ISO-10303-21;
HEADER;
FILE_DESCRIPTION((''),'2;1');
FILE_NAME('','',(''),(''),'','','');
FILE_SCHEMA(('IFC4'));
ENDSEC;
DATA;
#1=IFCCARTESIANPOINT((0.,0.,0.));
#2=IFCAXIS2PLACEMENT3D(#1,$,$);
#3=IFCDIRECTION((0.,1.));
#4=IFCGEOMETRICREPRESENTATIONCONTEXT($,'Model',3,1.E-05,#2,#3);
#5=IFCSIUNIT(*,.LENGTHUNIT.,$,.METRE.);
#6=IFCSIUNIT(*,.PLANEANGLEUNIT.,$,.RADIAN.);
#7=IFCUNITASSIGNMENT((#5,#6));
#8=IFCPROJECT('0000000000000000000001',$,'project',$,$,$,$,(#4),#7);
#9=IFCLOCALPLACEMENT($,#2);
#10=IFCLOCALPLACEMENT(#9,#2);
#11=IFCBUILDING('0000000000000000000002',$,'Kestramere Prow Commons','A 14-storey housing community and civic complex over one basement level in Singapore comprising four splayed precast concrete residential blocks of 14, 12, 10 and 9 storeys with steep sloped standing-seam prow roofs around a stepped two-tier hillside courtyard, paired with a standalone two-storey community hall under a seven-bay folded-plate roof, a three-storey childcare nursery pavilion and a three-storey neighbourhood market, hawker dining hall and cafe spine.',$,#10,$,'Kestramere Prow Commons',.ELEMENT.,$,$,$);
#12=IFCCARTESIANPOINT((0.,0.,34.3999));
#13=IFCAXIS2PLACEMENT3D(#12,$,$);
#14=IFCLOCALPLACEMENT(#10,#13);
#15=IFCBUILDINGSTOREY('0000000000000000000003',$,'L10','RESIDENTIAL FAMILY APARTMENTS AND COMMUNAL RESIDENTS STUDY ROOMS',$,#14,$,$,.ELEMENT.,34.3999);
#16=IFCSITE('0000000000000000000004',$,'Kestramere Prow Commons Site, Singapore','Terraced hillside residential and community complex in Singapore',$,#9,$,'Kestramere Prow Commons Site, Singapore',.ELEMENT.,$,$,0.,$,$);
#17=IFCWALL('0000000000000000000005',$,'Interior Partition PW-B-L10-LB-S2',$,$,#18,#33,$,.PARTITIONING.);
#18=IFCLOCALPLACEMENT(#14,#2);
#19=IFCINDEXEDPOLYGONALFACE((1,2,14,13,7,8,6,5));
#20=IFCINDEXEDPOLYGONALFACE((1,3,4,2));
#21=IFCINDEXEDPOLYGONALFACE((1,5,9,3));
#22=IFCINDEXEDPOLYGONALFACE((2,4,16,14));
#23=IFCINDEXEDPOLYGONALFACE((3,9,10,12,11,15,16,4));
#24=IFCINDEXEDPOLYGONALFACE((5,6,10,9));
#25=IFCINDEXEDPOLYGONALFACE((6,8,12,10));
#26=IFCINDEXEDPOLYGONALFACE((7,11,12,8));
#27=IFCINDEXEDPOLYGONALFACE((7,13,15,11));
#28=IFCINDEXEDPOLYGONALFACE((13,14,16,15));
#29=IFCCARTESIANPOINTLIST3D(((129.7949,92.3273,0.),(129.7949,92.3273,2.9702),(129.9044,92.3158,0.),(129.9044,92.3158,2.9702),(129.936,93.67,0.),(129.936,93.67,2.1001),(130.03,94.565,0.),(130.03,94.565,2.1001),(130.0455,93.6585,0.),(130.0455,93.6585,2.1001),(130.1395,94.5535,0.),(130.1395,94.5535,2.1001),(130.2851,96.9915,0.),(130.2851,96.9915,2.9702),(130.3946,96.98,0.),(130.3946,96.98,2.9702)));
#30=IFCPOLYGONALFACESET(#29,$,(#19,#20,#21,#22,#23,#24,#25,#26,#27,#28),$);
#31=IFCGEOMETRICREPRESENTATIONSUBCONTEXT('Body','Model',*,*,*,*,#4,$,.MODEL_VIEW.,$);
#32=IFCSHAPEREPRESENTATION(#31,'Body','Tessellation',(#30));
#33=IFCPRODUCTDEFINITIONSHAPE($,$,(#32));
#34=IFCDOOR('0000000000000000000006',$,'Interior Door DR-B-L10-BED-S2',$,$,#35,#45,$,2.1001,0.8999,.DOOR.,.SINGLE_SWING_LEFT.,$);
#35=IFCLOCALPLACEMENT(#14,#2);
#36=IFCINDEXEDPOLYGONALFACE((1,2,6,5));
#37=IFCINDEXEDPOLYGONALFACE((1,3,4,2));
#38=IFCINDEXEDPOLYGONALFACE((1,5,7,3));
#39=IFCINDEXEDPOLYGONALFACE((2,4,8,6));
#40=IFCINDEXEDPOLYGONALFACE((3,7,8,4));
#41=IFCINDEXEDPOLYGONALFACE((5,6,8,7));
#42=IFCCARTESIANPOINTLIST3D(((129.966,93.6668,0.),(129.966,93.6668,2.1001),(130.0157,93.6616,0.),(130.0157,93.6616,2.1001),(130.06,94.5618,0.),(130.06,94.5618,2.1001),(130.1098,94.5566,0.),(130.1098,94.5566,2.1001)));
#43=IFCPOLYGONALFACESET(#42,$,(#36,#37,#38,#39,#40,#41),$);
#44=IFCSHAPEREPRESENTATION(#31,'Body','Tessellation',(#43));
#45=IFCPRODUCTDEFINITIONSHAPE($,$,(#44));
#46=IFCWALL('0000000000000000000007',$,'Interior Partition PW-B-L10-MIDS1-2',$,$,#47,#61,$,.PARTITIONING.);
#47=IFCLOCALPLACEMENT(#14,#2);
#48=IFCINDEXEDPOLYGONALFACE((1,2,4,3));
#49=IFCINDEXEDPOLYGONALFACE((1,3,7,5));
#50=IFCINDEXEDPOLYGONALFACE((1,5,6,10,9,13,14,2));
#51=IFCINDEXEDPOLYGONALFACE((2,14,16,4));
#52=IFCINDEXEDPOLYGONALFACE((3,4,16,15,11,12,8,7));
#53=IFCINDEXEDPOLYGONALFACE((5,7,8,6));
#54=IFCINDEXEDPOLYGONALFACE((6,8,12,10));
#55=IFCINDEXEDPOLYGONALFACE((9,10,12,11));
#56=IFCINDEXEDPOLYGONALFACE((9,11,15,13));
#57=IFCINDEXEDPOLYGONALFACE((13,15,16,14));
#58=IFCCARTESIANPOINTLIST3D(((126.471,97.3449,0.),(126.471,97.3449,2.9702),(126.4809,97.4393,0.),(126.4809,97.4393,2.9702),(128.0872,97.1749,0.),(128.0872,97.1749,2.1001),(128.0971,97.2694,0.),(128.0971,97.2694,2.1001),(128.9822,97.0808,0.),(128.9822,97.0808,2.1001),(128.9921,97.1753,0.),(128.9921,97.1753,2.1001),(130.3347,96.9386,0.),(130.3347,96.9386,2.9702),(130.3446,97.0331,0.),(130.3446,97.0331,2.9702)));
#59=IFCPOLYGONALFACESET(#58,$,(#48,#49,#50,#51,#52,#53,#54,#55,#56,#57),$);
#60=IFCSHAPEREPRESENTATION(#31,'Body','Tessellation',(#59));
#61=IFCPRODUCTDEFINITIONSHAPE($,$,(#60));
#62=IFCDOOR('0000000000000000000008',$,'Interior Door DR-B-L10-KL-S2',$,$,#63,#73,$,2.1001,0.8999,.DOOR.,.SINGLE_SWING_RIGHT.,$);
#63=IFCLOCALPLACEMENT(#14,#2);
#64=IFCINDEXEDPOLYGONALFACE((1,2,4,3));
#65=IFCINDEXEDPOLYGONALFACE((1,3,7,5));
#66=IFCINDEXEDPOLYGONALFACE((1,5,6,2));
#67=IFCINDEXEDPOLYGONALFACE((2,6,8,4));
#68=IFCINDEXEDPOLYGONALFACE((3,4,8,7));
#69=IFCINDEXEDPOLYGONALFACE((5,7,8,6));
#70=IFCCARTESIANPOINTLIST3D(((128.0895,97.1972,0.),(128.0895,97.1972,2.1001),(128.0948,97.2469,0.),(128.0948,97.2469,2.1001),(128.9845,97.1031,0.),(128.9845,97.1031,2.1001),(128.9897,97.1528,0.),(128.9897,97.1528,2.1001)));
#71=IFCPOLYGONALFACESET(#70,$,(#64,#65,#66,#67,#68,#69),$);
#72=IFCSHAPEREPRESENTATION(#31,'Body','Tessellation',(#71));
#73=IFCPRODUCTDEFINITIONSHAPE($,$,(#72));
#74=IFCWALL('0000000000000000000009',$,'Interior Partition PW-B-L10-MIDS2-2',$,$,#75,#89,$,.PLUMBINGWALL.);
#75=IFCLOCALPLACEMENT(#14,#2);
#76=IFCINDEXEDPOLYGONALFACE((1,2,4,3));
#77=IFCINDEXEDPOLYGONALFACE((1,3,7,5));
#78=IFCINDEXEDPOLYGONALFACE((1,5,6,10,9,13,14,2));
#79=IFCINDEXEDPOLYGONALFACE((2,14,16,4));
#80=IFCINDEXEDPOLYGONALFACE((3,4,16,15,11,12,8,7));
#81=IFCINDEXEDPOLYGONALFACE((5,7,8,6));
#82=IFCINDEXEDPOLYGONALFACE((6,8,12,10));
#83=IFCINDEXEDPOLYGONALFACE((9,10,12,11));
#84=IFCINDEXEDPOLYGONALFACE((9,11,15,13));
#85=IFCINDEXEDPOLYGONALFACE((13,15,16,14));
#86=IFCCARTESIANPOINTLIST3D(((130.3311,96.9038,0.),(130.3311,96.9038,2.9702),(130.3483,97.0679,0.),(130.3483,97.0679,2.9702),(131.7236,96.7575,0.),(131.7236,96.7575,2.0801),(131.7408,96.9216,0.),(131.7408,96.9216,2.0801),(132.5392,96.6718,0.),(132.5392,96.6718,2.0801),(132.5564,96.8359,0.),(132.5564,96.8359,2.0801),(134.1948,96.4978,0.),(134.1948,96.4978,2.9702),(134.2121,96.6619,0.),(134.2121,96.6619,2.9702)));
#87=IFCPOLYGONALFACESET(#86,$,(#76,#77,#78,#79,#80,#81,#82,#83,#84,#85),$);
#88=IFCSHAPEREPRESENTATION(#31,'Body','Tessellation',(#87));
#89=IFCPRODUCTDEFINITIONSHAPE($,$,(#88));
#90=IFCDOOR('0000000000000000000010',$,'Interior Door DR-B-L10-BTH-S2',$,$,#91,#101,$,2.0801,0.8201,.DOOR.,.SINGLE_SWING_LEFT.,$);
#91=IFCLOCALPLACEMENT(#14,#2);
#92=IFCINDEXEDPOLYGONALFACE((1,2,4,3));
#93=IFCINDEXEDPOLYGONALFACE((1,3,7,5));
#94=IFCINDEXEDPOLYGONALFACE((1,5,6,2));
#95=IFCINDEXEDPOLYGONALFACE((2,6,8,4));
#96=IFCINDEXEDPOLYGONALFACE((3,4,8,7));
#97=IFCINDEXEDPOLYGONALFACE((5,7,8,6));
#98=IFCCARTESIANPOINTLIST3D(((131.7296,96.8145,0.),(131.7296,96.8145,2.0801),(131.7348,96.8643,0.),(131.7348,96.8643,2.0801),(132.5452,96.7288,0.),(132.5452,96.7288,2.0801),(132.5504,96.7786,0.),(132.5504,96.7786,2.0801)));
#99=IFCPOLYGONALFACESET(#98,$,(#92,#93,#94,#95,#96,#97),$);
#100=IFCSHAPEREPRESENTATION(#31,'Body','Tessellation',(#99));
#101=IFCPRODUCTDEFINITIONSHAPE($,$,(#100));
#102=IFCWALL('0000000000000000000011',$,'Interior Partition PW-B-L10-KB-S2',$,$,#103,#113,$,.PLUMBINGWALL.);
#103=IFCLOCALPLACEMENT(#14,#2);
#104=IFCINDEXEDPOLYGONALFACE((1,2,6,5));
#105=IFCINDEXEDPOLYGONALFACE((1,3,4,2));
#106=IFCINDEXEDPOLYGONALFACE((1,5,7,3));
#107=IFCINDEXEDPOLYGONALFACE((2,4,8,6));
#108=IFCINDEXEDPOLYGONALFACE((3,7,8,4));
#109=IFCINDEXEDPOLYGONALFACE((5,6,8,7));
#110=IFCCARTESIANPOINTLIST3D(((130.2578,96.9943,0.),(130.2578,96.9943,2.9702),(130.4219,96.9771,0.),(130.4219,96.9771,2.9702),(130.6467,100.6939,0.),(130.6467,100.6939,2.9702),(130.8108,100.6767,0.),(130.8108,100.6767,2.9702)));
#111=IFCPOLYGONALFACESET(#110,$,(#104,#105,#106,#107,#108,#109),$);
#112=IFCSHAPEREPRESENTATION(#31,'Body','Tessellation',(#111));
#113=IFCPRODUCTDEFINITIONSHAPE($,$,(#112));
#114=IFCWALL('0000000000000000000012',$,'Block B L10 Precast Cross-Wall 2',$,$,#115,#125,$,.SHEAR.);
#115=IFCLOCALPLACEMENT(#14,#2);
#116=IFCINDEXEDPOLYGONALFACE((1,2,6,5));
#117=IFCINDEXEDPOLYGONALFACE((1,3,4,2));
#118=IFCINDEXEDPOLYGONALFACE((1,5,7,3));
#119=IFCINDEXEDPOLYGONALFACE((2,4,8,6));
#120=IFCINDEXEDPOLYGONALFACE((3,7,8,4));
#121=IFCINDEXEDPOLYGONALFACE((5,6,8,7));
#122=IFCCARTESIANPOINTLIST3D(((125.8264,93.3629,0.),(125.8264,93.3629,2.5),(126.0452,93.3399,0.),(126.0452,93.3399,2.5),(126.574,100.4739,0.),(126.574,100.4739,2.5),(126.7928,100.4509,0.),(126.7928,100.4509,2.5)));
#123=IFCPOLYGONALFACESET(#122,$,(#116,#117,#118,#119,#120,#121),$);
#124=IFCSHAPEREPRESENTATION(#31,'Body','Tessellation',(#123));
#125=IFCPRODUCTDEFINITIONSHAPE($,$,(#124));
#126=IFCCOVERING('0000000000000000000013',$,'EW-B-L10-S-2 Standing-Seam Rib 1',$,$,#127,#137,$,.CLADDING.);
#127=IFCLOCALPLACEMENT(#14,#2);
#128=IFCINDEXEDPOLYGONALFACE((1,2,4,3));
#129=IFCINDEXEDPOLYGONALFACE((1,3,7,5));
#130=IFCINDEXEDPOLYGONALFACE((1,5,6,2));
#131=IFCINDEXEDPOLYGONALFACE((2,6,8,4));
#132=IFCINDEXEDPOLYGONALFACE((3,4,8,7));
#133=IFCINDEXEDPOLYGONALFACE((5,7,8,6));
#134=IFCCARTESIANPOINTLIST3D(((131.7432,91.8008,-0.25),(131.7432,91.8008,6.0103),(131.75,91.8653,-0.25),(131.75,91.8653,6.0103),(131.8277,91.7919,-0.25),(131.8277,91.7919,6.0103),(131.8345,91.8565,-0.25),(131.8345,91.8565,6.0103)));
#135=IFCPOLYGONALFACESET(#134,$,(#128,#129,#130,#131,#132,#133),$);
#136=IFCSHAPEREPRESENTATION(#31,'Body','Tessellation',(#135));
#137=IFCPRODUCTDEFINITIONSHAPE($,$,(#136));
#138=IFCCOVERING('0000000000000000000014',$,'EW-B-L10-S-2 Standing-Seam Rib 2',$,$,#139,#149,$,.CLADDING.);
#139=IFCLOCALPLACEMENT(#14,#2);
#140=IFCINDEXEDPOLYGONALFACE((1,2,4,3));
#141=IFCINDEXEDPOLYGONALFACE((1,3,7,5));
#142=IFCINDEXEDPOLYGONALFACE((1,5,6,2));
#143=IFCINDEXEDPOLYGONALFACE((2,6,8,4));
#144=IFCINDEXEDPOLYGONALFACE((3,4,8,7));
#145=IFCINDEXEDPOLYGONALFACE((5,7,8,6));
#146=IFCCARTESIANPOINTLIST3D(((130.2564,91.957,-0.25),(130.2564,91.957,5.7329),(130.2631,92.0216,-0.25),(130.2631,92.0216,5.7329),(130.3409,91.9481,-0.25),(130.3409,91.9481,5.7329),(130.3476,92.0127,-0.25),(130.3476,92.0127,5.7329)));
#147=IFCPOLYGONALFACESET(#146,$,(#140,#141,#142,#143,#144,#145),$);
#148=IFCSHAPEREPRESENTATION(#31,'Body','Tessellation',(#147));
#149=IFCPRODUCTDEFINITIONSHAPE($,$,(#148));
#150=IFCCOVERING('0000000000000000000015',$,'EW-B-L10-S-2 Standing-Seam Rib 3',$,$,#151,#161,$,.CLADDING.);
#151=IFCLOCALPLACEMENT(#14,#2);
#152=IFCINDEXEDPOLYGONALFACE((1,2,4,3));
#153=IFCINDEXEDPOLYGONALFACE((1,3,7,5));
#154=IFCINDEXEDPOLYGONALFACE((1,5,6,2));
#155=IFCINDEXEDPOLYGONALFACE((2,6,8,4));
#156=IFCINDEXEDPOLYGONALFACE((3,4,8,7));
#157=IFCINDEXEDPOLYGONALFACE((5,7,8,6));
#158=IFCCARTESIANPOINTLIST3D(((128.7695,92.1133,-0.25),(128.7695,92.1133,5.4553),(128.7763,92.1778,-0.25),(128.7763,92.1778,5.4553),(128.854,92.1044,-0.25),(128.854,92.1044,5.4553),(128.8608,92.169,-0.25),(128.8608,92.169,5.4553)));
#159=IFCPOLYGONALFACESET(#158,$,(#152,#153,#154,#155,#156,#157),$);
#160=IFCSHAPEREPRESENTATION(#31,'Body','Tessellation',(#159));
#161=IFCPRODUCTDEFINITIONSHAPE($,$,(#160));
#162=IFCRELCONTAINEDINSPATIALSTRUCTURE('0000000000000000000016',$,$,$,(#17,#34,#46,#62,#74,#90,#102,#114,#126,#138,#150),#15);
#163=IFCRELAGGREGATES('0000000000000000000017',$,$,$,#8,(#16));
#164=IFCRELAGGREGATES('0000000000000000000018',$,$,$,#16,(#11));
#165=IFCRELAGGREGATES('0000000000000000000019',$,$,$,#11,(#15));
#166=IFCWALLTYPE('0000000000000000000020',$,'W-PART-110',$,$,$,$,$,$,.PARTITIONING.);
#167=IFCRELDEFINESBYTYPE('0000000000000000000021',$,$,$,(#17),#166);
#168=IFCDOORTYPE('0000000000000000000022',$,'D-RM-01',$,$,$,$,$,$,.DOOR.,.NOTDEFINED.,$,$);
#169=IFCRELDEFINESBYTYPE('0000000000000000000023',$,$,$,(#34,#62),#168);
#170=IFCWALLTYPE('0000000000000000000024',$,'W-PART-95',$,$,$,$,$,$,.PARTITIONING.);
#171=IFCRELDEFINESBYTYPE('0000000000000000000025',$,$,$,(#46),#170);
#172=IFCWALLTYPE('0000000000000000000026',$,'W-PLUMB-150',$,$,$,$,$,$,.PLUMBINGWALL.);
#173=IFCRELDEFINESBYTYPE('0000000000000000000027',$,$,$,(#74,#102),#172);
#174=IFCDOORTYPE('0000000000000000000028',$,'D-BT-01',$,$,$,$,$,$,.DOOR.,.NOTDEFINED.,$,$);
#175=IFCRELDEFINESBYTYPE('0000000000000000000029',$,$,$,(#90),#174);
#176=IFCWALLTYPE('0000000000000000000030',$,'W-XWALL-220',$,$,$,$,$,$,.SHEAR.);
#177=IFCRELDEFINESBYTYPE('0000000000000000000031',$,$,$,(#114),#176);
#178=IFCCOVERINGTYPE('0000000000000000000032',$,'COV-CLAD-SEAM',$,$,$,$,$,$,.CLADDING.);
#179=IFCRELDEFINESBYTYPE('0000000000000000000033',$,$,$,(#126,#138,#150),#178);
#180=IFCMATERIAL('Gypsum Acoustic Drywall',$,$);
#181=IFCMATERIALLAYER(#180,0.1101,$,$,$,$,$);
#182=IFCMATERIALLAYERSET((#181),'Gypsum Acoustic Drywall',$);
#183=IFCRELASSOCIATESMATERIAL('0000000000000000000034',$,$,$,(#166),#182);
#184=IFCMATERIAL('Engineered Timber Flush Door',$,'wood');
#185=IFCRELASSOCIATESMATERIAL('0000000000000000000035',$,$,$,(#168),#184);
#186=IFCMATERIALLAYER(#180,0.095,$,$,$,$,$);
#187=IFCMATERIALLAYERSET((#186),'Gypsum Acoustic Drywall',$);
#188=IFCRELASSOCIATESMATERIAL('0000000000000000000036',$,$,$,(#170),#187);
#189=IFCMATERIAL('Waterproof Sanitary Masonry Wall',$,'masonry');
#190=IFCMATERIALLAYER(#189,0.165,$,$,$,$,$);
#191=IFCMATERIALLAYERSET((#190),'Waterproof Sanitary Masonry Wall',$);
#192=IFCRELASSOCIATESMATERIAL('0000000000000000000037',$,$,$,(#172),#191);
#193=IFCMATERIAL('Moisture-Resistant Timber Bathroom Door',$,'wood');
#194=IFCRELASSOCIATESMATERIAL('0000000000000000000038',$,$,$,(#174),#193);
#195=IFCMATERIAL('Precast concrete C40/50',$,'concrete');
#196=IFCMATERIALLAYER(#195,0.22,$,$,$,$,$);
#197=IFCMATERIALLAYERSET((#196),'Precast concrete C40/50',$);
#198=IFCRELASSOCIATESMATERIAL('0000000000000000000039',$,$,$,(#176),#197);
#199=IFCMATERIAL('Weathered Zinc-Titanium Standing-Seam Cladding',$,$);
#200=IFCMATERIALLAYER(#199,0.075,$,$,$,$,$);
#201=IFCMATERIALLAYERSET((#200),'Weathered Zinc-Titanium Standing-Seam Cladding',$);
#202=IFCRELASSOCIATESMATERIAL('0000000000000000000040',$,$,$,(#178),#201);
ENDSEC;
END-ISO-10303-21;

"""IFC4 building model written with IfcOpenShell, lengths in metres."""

from ifc_helpers import new_model, si_unit, direction, frame, frame_2d, origin, origin_2d, place, context, subcontext, project, spatial, rectangle, extrude, material, layer, layer_set, type_object, element, fill, save


model = new_model("IFC4")

# Units and contexts
model_context = context("Model", 3, precision=1e-05, world=origin(), true_north=direction((0.0, 1.0)))
body_context = subcontext(model_context, "Body", "Model", "MODEL_VIEW")
ifc_project = project(units=[si_unit("LENGTHUNIT", "METRE"), si_unit("PLANEANGLEUNIT", "RADIAN")], contexts=[model_context])

# Site, building, storey
site_placement = place(None, origin())
site = spatial("IfcSite", under=ifc_project, at=site_placement, Name="Kestramere Prow Commons Site, Singapore", Description="Terraced hillside residential and community complex in Singapore", LongName="Kestramere Prow Commons Site, Singapore", CompositionType="ELEMENT", RefElevation=0.0)
building_placement = place(site_placement, origin())
building = spatial("IfcBuilding", under=site, at=building_placement, Name="Kestramere Prow Commons", Description="A 14-storey housing community and civic complex over one basement level in Singapore comprising four splayed precast concrete residential blocks of 14, 12, 10 and 9 storeys with steep sloped standing-seam prow roofs around a stepped two-tier hillside courtyard, paired with a standalone two-storey community hall under a seven-bay folded-plate roof, a three-storey childcare nursery pavilion and a three-storey neighbourhood market, hawker dining hall and cafe spine.", LongName="Kestramere Prow Commons", CompositionType="ELEMENT")
storey_placement = place(building_placement, frame((0.0, 0.0, 34.3999)))
storey = spatial("IfcBuildingStorey", under=building, at=storey_placement, Name="L10", Description="RESIDENTIAL FAMILY APARTMENTS AND COMMUNAL RESIDENTS STUDY ROOMS", CompositionType="ELEMENT", Elevation=34.3999)

# Shared definitions
ifc_material_1 = material(Name="Precast concrete C40/50", Category="concrete")

# Walls, openings, doors
ifc_material_2 = material(Name="Gypsum Acoustic Drywall")
ifc_layer_1 = layer(ifc_material_2, 0.1101)
ifc_layer_set_1 = layer_set([ifc_layer_1], Name="Gypsum Acoustic Drywall")
wall_type_1 = type_object("IfcWallType", Name="W-PART-110", PredefinedType="PARTITIONING", material=ifc_layer_set_1)
wall_1_placement = place(storey_placement, frame((129.8496, 92.3215, 0.0), z_axis=(0.0, 0.0, 1.0), x_axis=(0.104528, 0.994522, 0.0)))
wall_1 = element("IfcWall", 1, at=wall_1_placement, inside=storey, type_object=wall_type_1, Name="Interior Partition PW-B-L10-LB-S2", PredefinedType="PARTITIONING", context=body_context, shape_type="SweptSolid", body=[
    extrude(rectangle(XDim=4.6899, YDim=0.1101, at=frame_2d((2.345, 0.0))), origin(), (0.0, 0.0, 1.0), 2.9702),
])
opening_1_placement = place(wall_1_placement, frame((1.3501, 0.0, 0.0)))
opening_1 = element("IfcOpeningElement", 2, at=opening_1_placement, cuts=wall_1, PredefinedType="OPENING", context=body_context, shape_type="SweptSolid", body=[
    extrude(rectangle(XDim=0.8999, YDim=2.1001, at=frame_2d((0.45, 1.05))), frame((0.0, 0.0701, 0.0), z_axis=(0.0, -1.0, 0.0), x_axis=(1.0, 0.0, 0.0)), (0.0, 0.0, 1.0), 0.1401),
])
ifc_material_3 = material(Name="Engineered Timber Flush Door", Category="wood")
door_type_1 = type_object("IfcDoorType", Name="D-RM-01", OperationType="NOTDEFINED", PredefinedType="DOOR", material=ifc_material_3)
door_1_placement = place(opening_1_placement, origin())
door_1 = element("IfcDoor", 3, at=door_1_placement, inside=storey, type_object=door_type_1, Name="Interior Door DR-B-L10-BED-S2", OperationType="SINGLE_SWING_LEFT", OverallHeight=2.1001, OverallWidth=0.8999, PredefinedType="DOOR", context=body_context, shape_type="SweptSolid", body=[
    extrude(rectangle(XDim=0.8999, YDim=2.1001, at=frame_2d((0.45, 1.05))), frame((0.0, 0.0249, 0.0), z_axis=(0.0, -1.0, 0.0), x_axis=(1.0, 0.0, 0.0)), (0.0, 0.0, 1.0), 0.05),
])
fill(opening_1, door_1)
ifc_layer_2 = layer(ifc_material_2, 0.095)
ifc_layer_set_2 = layer_set([ifc_layer_2], Name="Gypsum Acoustic Drywall")
wall_type_2 = type_object("IfcWallType", Name="W-PART-95", PredefinedType="PARTITIONING", material=ifc_layer_set_2)
wall_2_placement = place(storey_placement, frame((126.4761, 97.3921, 0.0), z_axis=(0.0, 0.0, 1.0), x_axis=(0.994518, -0.104567, 0.0)))
wall_2 = element("IfcWall", 4, at=wall_2_placement, inside=storey, type_object=wall_type_2, Name="Interior Partition PW-B-L10-MIDS1-2", PredefinedType="PARTITIONING", context=body_context, shape_type="SweptSolid", body=[
    extrude(rectangle(XDim=3.885, YDim=0.095, at=frame_2d((1.9424, 0.0))), origin(), (0.0, 0.0, 1.0), 2.9702),
])
opening_2_placement = place(wall_2_placement, frame((1.625, 0.0, 0.0)))
opening_2 = element("IfcOpeningElement", 5, at=opening_2_placement, cuts=wall_2, PredefinedType="OPENING", context=body_context, shape_type="SweptSolid", body=[
    extrude(rectangle(XDim=0.8999, YDim=2.1001, at=frame_2d((0.45, 1.05))), frame((0.0, 0.0625, 0.0), z_axis=(0.0, -1.0, 0.0), x_axis=(1.0, 0.0, 0.0)), (0.0, 0.0, 1.0), 0.125),
])
door_2_placement = place(opening_2_placement, origin())
door_2 = element("IfcDoor", 6, at=door_2_placement, inside=storey, type_object=door_type_1, Name="Interior Door DR-B-L10-KL-S2", OperationType="SINGLE_SWING_RIGHT", OverallHeight=2.1001, OverallWidth=0.8999, PredefinedType="DOOR", context=body_context, shape_type="SweptSolid", body=[
    extrude(rectangle(XDim=0.8999, YDim=2.1001, at=frame_2d((0.45, 1.05))), frame((0.0, 0.0249, 0.0), z_axis=(0.0, -1.0, 0.0), x_axis=(1.0, 0.0, 0.0)), (0.0, 0.0, 1.0), 0.05),
])
fill(opening_2, door_2)
ifc_material_4 = material(Name="Waterproof Sanitary Masonry Wall", Category="masonry")
ifc_layer_3 = layer(ifc_material_4, 0.165)
ifc_layer_set_3 = layer_set([ifc_layer_3], Name="Waterproof Sanitary Masonry Wall")
wall_type_3 = type_object("IfcWallType", Name="W-PLUMB-150", PredefinedType="PLUMBINGWALL", material=ifc_layer_set_3)
wall_3_placement = place(storey_placement, frame((130.3398, 96.9858, 0.0), z_axis=(0.0, 0.0, 1.0), x_axis=(0.994524, -0.104505, 0.0)))
wall_3 = element("IfcWall", 7, at=wall_3_placement, inside=storey, type_object=wall_type_3, Name="Interior Partition PW-B-L10-MIDS2-2", PredefinedType="PLUMBINGWALL", context=body_context, shape_type="SweptSolid", body=[
    extrude(rectangle(XDim=3.885, YDim=0.165, at=frame_2d((1.9424, 0.0))), origin(), (0.0, 0.0, 1.0), 2.9702),
])
opening_3_placement = place(wall_3_placement, frame((1.3999, 0.0, 0.0)))
opening_3 = element("IfcOpeningElement", 8, at=opening_3_placement, cuts=wall_3, PredefinedType="OPENING", context=body_context, shape_type="SweptSolid", body=[
    extrude(rectangle(XDim=0.8201, YDim=2.0801, at=frame_2d((0.4102, 1.04))), frame((0.0, 0.0974, 0.0), z_axis=(0.0, -1.0, 0.0), x_axis=(1.0, 0.0, 0.0)), (0.0, 0.0, 1.0), 0.1951),
])
ifc_material_5 = material(Name="Moisture-Resistant Timber Bathroom Door", Category="wood")
door_type_2 = type_object("IfcDoorType", Name="D-BT-01", OperationType="NOTDEFINED", PredefinedType="DOOR", material=ifc_material_5)
door_3_placement = place(opening_3_placement, origin())
door_3 = element("IfcDoor", 9, at=door_3_placement, inside=storey, type_object=door_type_2, Name="Interior Door DR-B-L10-BTH-S2", OperationType="SINGLE_SWING_LEFT", OverallHeight=2.0801, OverallWidth=0.8201, PredefinedType="DOOR", context=body_context, shape_type="SweptSolid", body=[
    extrude(rectangle(XDim=0.8201, YDim=2.0801, at=frame_2d((0.4102, 1.04))), frame((0.0, 0.0249, 0.0), z_axis=(0.0, -1.0, 0.0), x_axis=(1.0, 0.0, 0.0)), (0.0, 0.0, 1.0), 0.05),
])
fill(opening_3, door_3)

# Walls
wall_4_placement = place(storey_placement, frame((130.3398, 96.9858, 0.0), z_axis=(0.0, 0.0, 1.0), x_axis=(0.104545, 0.99452, 0.0)))
element("IfcWall", 10, at=wall_4_placement, inside=storey, type_object=wall_type_3, Name="Interior Partition PW-B-L10-KB-S2", PredefinedType="PLUMBINGWALL", context=body_context, shape_type="SweptSolid", body=[
    extrude(rectangle(XDim=3.72, YDim=0.165, at=frame_2d((1.8599, 0.0))), origin(), (0.0, 0.0, 1.0), 2.9702),
])
ifc_layer_4 = layer(ifc_material_1, 0.22)
ifc_layer_set_4 = layer_set([ifc_layer_4], Name="Precast concrete C40/50")
wall_type_4 = type_object("IfcWallType", Name="W-XWALL-220", PredefinedType="SHEAR", material=ifc_layer_set_4)
wall_5_placement = place(storey_placement, frame((125.9358, 93.3513, 0.0), z_axis=(0.0, 0.0, 1.0), x_axis=(0.104553, 0.994519, 0.0)))
element("IfcWall", 11, at=wall_5_placement, inside=storey, type_object=wall_type_4, Name="Block B L10 Precast Cross-Wall 2", PredefinedType="SHEAR", context=body_context, shape_type="SweptSolid", body=[
    extrude(rectangle(XDim=7.1501, YDim=0.22, at=frame_2d((3.5752, 0.0))), origin(), (0.0, 0.0, 1.0), 2.5),
])

# Coverings
ifc_material_6 = material(Name="Weathered Zinc-Titanium Standing-Seam Cladding")
ifc_layer_5 = layer(ifc_material_6, 0.075)
ifc_layer_set_5 = layer_set([ifc_layer_5], Name="Weathered Zinc-Titanium Standing-Seam Cladding")
covering_type = type_object("IfcCoveringType", Name="COV-CLAD-SEAM", PredefinedType="CLADDING", material=ifc_layer_set_5)
covering_1_placement = place(storey_placement, frame((131.7888, 91.8286, -0.25), z_axis=(0.0, 0.0, 1.0), x_axis=(-0.994522, 0.104528, 0.0)))
element("IfcCovering", 12, at=covering_1_placement, inside=storey, type_object=covering_type, Name="EW-B-L10-S-2 Standing-Seam Rib 1", PredefinedType="CLADDING", context=body_context, shape_type="SweptSolid", body=[
    extrude(rectangle(XDim=0.085, YDim=0.0649, at=origin_2d()), origin(), (0.0, 0.0, 1.0), 6.2603),
])
covering_2_placement = place(storey_placement, frame((130.302, 91.9849, -0.25), z_axis=(0.0, 0.0, 1.0), x_axis=(-0.994522, 0.104528, 0.0)))
element("IfcCovering", 13, at=covering_2_placement, inside=storey, type_object=covering_type, Name="EW-B-L10-S-2 Standing-Seam Rib 2", PredefinedType="CLADDING", context=body_context, shape_type="SweptSolid", body=[
    extrude(rectangle(XDim=0.085, YDim=0.0649, at=origin_2d()), origin(), (0.0, 0.0, 1.0), 5.9829),
])
covering_3_placement = place(storey_placement, frame((128.8152, 92.1411, -0.25), z_axis=(0.0, 0.0, 1.0), x_axis=(-0.994522, 0.104528, 0.0)))
element("IfcCovering", 14, at=covering_3_placement, inside=storey, type_object=covering_type, Name="EW-B-L10-S-2 Standing-Seam Rib 3", PredefinedType="CLADDING", context=body_context, shape_type="SweptSolid", body=[
    extrude(rectangle(XDim=0.085, YDim=0.0649, at=origin_2d()), origin(), (0.0, 0.0, 1.0), 5.7053),
])

save(model, "model.ifc")
